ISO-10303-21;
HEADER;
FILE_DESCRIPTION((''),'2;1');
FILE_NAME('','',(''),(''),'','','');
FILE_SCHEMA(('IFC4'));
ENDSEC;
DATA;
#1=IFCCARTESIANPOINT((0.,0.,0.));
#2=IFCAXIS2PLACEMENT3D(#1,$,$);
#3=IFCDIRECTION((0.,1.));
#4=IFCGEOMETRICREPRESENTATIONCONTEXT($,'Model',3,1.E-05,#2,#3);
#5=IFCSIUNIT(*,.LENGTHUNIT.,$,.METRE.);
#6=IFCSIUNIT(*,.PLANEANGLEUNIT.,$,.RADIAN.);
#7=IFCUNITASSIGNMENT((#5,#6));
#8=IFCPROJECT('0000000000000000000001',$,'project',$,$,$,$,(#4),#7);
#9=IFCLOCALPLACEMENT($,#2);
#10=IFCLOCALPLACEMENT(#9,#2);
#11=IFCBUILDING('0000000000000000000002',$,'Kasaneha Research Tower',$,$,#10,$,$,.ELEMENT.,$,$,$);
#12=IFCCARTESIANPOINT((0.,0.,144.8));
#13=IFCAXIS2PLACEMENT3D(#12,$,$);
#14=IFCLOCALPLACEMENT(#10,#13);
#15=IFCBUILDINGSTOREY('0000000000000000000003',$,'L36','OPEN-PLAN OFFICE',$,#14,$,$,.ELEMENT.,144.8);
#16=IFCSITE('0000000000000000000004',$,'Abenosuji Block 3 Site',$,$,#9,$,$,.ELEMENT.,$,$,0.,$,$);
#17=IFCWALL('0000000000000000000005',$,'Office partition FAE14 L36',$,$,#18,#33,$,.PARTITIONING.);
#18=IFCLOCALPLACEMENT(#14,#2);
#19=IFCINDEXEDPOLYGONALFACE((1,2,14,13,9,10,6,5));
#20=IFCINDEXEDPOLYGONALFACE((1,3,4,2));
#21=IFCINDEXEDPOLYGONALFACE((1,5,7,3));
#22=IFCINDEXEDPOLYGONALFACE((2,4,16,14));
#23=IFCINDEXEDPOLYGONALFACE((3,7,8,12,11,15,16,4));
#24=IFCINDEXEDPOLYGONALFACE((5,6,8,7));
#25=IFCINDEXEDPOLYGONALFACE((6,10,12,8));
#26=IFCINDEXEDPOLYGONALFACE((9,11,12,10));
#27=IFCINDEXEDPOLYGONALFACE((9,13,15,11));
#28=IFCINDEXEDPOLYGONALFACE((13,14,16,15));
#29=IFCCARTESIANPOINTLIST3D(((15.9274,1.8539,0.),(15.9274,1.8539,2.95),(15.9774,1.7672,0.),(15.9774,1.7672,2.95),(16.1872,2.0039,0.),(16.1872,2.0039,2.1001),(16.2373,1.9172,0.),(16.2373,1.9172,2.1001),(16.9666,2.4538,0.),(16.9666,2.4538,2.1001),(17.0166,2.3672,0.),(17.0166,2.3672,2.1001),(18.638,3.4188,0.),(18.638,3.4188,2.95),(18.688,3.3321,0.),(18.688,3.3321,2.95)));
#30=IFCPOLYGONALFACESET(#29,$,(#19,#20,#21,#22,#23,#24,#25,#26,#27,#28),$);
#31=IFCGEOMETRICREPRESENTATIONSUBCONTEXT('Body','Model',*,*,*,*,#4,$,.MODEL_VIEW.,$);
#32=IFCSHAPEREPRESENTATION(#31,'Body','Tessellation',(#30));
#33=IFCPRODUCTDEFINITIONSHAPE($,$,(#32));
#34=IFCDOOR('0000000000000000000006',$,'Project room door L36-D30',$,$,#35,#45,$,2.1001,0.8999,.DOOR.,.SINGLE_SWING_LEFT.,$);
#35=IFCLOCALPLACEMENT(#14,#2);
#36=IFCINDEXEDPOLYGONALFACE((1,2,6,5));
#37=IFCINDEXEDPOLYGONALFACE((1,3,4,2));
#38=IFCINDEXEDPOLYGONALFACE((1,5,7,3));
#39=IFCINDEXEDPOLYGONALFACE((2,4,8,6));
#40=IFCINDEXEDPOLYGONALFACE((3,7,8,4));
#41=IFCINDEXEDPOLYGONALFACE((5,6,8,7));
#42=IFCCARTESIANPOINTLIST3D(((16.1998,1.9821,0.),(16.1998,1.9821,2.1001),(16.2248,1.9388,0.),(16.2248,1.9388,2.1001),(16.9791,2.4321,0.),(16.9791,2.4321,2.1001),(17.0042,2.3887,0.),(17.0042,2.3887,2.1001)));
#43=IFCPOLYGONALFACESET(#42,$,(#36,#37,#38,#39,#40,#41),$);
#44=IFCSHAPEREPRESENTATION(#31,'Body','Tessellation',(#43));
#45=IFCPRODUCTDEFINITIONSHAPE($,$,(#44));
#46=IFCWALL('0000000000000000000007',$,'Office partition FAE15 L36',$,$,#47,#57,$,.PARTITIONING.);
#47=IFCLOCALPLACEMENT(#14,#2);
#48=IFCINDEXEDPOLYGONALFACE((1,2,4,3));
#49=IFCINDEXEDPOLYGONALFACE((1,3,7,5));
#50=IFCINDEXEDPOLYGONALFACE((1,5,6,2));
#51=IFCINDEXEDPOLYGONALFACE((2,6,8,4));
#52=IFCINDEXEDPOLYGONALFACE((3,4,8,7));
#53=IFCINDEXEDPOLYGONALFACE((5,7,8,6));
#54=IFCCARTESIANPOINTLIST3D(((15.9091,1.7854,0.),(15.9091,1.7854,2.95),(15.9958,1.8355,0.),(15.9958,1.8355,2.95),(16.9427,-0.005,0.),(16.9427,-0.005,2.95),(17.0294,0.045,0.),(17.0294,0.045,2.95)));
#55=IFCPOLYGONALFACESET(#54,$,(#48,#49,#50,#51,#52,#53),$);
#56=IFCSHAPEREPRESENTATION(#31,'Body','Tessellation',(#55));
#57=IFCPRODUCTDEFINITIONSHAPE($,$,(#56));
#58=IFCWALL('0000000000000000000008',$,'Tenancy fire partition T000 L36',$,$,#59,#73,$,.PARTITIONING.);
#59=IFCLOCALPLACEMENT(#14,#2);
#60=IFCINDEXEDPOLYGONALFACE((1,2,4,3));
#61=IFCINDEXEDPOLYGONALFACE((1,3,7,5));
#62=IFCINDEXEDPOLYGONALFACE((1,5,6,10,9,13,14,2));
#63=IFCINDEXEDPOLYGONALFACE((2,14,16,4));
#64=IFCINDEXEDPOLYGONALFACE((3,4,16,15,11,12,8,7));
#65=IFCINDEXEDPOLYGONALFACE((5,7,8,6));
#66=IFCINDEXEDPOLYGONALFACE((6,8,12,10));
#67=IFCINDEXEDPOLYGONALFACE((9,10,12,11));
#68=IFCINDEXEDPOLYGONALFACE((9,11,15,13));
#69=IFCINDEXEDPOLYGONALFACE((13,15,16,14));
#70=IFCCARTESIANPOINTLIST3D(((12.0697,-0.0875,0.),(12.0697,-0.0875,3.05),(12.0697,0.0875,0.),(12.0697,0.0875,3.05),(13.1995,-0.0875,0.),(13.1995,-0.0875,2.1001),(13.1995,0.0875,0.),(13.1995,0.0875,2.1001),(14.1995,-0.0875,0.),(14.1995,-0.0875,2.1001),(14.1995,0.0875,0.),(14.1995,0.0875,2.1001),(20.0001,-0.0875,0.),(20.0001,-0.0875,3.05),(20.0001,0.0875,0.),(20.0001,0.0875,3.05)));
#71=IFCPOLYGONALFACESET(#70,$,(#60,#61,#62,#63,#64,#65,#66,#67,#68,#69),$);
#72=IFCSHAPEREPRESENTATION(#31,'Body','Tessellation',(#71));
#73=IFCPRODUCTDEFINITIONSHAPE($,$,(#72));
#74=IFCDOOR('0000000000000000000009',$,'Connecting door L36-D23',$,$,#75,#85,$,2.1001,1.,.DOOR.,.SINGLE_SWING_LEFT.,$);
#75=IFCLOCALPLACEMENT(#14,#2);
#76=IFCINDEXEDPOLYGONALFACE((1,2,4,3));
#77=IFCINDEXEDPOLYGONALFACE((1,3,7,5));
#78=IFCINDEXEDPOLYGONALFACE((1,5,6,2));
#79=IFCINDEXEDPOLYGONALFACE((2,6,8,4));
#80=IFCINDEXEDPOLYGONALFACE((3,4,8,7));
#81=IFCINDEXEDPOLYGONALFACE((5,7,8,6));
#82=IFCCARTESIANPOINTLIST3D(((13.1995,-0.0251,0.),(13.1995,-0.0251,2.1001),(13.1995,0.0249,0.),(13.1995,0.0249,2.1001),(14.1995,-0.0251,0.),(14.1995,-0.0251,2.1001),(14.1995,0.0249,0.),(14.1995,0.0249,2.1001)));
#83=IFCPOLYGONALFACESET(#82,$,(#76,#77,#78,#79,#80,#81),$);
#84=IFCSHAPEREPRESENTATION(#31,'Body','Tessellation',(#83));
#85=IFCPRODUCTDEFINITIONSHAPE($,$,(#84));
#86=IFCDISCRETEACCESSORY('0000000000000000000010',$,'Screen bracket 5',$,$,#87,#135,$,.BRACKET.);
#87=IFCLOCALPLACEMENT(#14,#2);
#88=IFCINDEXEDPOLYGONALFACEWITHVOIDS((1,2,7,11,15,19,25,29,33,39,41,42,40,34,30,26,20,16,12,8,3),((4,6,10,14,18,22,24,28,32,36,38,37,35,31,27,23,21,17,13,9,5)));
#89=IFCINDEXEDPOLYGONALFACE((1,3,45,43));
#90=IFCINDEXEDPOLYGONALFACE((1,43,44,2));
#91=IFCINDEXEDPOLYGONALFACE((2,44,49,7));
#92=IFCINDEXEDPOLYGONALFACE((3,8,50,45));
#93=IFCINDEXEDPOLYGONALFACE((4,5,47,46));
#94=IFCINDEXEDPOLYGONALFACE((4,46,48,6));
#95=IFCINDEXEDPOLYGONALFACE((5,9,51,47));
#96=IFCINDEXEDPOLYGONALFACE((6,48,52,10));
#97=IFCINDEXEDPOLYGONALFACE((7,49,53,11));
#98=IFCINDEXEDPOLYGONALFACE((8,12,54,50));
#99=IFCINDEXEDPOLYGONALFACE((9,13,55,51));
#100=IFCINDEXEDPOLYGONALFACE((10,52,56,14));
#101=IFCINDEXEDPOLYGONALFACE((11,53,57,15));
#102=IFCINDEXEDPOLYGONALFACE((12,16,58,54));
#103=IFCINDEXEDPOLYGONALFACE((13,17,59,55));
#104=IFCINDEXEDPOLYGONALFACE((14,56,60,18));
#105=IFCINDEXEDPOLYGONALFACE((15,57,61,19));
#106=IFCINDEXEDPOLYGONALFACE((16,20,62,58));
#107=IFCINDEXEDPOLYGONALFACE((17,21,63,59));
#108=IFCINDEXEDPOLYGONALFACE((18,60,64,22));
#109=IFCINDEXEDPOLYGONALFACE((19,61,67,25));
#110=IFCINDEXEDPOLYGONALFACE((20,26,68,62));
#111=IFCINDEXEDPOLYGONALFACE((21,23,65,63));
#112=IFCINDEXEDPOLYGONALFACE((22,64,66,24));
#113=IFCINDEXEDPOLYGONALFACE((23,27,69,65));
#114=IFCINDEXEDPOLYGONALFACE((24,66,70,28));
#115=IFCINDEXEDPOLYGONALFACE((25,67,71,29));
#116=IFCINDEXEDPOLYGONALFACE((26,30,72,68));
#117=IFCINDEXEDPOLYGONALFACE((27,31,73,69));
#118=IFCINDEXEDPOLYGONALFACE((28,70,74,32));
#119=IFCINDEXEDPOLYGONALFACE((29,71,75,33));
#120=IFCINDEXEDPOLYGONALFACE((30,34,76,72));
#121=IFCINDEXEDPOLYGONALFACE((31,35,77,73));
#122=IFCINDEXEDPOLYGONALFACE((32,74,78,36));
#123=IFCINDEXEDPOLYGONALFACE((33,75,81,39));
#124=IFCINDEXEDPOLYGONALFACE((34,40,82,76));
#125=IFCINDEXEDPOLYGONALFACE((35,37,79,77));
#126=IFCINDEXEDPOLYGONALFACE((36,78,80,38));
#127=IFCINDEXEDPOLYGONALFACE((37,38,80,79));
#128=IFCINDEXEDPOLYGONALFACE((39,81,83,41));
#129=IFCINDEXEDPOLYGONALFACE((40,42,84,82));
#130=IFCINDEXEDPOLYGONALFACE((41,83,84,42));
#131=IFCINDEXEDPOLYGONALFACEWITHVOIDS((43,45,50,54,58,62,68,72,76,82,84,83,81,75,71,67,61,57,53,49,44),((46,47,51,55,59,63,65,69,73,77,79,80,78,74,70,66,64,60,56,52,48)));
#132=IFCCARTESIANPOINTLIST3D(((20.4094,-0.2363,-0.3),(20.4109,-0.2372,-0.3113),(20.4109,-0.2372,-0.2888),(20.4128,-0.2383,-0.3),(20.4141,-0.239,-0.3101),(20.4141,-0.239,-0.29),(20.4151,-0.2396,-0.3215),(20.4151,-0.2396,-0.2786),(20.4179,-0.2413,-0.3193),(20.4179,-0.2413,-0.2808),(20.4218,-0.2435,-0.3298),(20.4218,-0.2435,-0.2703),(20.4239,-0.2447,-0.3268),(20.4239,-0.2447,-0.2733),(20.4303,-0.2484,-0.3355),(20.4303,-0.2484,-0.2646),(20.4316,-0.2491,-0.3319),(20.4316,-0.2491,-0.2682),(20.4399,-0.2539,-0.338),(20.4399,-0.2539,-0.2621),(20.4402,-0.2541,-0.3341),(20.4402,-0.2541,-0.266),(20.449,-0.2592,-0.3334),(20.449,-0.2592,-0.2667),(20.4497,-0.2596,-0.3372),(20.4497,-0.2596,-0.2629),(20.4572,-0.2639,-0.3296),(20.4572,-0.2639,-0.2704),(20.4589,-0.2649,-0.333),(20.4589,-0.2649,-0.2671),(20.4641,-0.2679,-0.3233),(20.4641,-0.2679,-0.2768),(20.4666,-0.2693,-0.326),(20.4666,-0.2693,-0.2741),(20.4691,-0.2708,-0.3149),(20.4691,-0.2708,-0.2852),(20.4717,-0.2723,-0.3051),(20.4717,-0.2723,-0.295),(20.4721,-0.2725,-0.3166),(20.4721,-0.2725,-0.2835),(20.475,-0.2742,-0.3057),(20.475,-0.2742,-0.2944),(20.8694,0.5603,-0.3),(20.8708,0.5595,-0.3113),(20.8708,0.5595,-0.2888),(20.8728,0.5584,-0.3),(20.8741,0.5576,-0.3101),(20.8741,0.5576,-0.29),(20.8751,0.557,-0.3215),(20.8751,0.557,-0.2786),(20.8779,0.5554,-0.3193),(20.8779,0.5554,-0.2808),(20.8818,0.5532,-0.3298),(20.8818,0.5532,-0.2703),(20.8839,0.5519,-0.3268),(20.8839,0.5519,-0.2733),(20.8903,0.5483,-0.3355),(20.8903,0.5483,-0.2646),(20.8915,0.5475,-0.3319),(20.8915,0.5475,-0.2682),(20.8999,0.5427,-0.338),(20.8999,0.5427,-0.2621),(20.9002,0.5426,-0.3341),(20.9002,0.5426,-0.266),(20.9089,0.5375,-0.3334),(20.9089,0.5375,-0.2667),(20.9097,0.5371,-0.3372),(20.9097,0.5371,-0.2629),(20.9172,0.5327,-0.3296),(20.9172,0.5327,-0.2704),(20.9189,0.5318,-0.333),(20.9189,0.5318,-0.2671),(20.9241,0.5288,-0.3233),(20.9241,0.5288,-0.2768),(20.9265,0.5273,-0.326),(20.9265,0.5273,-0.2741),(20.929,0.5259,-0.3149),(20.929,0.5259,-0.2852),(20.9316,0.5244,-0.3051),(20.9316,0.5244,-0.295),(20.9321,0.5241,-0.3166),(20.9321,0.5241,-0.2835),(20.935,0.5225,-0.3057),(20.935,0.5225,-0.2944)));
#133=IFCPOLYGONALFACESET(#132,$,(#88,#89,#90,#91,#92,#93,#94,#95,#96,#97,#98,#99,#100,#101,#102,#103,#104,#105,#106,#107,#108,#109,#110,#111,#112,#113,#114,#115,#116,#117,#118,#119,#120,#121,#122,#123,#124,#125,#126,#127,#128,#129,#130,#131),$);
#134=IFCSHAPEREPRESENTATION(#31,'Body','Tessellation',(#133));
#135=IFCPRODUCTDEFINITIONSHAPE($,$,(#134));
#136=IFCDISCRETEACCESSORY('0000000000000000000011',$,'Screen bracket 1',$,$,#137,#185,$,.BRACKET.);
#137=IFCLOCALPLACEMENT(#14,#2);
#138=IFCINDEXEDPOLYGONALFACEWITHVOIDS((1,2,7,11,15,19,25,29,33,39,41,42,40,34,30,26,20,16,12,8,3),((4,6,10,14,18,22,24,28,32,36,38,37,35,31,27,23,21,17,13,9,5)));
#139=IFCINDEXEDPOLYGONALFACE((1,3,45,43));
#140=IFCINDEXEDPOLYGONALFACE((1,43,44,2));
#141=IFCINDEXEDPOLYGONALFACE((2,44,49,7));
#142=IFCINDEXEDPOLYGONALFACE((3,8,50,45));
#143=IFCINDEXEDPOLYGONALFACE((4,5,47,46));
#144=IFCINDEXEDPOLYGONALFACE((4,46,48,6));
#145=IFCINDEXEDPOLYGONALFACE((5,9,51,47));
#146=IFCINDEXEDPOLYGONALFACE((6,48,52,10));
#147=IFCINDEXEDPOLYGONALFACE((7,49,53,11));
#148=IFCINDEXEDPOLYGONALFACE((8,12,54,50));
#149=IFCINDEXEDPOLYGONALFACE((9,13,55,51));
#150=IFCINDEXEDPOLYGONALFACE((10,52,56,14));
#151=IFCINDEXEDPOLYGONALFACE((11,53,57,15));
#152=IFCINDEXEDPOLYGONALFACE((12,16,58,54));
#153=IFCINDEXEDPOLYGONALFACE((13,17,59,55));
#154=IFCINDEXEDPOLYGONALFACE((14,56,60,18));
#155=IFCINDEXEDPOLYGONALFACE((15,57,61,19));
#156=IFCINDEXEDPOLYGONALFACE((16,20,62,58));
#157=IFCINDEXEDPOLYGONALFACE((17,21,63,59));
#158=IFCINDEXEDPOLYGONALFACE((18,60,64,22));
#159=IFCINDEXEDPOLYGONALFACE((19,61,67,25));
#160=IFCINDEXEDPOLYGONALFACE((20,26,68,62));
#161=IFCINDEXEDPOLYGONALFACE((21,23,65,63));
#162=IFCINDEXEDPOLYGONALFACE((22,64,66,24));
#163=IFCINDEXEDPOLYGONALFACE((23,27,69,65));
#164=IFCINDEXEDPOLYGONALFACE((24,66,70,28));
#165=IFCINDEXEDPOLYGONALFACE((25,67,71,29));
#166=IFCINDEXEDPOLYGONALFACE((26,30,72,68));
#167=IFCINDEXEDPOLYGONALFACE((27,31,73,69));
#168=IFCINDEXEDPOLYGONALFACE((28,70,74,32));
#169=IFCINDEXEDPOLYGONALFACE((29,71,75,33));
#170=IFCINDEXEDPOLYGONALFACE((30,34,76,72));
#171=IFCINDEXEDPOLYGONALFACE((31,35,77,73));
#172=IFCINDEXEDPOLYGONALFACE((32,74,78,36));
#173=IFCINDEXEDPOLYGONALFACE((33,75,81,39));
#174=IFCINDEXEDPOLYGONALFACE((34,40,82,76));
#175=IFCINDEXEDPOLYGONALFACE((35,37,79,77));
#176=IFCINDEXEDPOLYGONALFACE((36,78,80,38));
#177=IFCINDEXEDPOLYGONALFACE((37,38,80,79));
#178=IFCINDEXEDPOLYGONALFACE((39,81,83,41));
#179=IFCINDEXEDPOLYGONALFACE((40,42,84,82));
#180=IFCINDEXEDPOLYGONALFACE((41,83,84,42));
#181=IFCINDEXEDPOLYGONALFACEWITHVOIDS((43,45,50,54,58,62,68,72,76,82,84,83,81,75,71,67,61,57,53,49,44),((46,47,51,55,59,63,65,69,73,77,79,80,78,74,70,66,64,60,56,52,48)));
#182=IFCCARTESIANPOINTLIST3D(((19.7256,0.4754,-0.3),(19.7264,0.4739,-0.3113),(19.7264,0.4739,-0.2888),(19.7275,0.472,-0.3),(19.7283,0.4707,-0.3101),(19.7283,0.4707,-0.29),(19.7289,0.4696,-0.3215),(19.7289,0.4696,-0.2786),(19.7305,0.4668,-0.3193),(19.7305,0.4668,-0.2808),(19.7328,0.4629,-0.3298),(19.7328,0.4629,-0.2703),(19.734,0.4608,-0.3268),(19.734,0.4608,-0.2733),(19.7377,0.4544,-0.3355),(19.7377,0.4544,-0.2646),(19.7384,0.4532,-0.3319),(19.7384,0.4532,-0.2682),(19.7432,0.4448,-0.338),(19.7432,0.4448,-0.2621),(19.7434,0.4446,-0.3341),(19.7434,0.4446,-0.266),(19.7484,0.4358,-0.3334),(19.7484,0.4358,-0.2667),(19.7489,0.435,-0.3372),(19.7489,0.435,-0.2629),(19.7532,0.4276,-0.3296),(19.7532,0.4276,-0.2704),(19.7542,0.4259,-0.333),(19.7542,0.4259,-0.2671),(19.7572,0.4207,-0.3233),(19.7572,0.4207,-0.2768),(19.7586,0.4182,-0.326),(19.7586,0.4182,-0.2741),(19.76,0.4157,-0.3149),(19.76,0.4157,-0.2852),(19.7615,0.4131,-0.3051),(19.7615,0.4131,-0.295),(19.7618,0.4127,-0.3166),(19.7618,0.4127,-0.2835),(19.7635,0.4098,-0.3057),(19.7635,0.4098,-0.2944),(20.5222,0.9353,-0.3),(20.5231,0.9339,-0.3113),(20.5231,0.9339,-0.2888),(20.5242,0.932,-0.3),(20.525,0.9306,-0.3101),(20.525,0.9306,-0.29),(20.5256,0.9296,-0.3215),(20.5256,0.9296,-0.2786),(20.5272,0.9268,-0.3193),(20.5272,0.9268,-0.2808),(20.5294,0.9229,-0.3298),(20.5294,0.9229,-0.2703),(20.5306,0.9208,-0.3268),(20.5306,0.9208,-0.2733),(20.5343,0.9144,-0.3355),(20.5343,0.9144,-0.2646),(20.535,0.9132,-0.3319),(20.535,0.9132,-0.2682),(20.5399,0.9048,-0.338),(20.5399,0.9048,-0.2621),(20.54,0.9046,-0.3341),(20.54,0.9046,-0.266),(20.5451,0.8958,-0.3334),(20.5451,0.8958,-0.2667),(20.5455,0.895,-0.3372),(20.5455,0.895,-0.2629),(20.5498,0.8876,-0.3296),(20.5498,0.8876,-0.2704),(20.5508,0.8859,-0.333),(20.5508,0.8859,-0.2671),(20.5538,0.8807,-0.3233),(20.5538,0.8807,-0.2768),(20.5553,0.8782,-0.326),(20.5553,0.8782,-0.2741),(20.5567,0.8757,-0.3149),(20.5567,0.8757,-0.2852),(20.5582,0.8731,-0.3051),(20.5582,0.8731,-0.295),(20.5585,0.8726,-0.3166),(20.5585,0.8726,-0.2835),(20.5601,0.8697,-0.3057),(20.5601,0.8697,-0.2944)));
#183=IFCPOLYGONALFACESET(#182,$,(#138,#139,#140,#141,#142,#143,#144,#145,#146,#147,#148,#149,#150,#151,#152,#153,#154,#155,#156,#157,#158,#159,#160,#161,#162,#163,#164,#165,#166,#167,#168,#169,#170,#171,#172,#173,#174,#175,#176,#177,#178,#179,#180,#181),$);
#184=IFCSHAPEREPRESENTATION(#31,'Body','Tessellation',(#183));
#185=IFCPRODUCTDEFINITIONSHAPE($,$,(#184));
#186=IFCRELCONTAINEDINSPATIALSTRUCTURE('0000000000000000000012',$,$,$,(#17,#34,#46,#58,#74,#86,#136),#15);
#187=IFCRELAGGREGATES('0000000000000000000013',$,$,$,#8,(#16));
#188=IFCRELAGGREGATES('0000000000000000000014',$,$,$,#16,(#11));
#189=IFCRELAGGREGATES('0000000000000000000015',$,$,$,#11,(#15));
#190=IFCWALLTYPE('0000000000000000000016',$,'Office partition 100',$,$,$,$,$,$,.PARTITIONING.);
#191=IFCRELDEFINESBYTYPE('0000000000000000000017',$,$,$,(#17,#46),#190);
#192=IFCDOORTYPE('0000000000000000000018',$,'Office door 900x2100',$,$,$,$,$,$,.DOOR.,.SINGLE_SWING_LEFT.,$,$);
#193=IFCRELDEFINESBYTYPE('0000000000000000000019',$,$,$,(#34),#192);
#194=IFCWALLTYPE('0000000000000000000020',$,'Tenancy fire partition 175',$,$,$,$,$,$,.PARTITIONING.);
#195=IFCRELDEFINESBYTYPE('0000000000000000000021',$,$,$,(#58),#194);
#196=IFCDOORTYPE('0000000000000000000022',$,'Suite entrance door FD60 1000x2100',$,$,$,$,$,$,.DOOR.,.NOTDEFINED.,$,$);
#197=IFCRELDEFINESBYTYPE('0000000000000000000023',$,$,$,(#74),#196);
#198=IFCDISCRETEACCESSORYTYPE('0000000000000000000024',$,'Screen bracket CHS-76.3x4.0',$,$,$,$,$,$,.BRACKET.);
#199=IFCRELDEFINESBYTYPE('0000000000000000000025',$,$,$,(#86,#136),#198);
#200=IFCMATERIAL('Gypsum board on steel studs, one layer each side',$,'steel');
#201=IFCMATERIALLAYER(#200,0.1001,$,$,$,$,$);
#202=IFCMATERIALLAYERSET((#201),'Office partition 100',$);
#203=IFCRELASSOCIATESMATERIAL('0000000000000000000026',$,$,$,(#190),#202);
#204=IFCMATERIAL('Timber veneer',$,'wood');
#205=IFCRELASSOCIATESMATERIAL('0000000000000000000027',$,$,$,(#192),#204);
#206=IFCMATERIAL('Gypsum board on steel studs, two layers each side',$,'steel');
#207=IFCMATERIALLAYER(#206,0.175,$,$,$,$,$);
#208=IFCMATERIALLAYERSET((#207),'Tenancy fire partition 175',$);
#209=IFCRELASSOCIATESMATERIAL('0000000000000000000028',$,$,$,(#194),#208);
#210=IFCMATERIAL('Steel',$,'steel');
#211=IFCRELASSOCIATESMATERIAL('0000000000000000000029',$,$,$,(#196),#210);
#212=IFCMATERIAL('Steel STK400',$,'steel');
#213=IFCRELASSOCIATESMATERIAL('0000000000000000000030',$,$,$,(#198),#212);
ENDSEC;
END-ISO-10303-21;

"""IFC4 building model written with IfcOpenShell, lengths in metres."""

from ifc_helpers import new_model, si_unit, direction, frame, frame_2d, origin, origin_2d, place, context, subcontext, project, spatial, rectangle, hollow_circle, extrude, material, layer, layer_set, material_profile, profile_set, type_object, element, fill, save


model = new_model("IFC4")

# Units and contexts
model_context = context("Model", 3, precision=1e-05, world=origin(), true_north=direction((0.0, 1.0)))
body_context = subcontext(model_context, "Body", "Model", "MODEL_VIEW")
ifc_project = project(units=[si_unit("LENGTHUNIT", "METRE"), si_unit("PLANEANGLEUNIT", "RADIAN")], contexts=[model_context])

# Site, building, storey
site_placement = place(None, origin())
site = spatial("IfcSite", under=ifc_project, at=site_placement, Name="Abenosuji Block 3 Site", CompositionType="ELEMENT", RefElevation=0.0)
building_placement = place(site_placement, origin())
building = spatial("IfcBuilding", under=site, at=building_placement, Name="Kasaneha Research Tower", CompositionType="ELEMENT")
storey_placement = place(building_placement, frame((0.0, 0.0, 144.8)))
storey = spatial("IfcBuildingStorey", under=building, at=storey_placement, Name="L36", Description="OPEN-PLAN OFFICE", CompositionType="ELEMENT", Elevation=144.8)

# Shared definitions
ifc_material_1 = material(Name="Gypsum board on steel studs, one layer each side", Category="steel")
ifc_layer_1 = layer(ifc_material_1, 0.1001)
ifc_layer_set_1 = layer_set([ifc_layer_1], Name="Office partition 100")
wall_type_1 = type_object("IfcWallType", Name="Office partition 100", PredefinedType="PARTITIONING", material=ifc_layer_set_1)

# Shared definitions
ifc_material_2 = material(Name="Timber veneer", Category="wood")
door_type_1 = type_object("IfcDoorType", Name="Office door 900x2100", OperationType="SINGLE_SWING_LEFT", PredefinedType="DOOR", material=ifc_material_2)

# Wall, opening, door
wall_1_placement = place(storey_placement, frame((15.9524, 1.8105, 0.0), z_axis=(0.0, 0.0, 1.0), x_axis=(0.866036, 0.499981, 0.0)))
wall_1 = element("IfcWall", 1, at=wall_1_placement, inside=storey, type_object=wall_type_1, Name="Office partition FAE14 L36", PredefinedType="PARTITIONING", context=body_context, shape_type="SweptSolid", body=[
    extrude(rectangle(XDim=3.1299, YDim=0.1001, at=frame_2d((1.5649, 0.0))), origin(), (0.0, 0.0, 1.0), 2.95),
])
opening_1_placement = place(wall_1_placement, frame((0.3, 0.0, 0.0)))
opening_1 = element("IfcOpeningElement", 2, at=opening_1_placement, cuts=wall_1, PredefinedType="OPENING", context=body_context, shape_type="SweptSolid", body=[
    extrude(rectangle(XDim=0.8999, YDim=2.1001, at=frame_2d((0.45, 1.05))), frame((0.0, 0.0601, 0.0), z_axis=(0.0, -1.0, 0.0), x_axis=(1.0, 0.0, 0.0)), (0.0, 0.0, 1.0), 0.1201),
])
door_1_placement = place(opening_1_placement, origin())
door_1 = element("IfcDoor", 3, at=door_1_placement, inside=storey, type_object=door_type_1, Name="Project room door L36-D30", OperationType="SINGLE_SWING_LEFT", OverallHeight=2.1001, OverallWidth=0.8999, PredefinedType="DOOR", context=body_context, shape_type="SweptSolid", body=[
    extrude(rectangle(XDim=0.8999, YDim=2.1001, at=frame_2d((0.45, 1.05))), frame((0.0, 0.0249, 0.0), z_axis=(0.0, -1.0, 0.0), x_axis=(1.0, 0.0, 0.0)), (0.0, 0.0, 1.0), 0.05),
])
fill(opening_1, door_1)

# Wall
wall_2_placement = place(storey_placement, frame((16.9861, 0.02, 0.0), z_axis=(0.0, 0.0, 1.0), x_axis=(-0.499975, 0.86604, 0.0)))
element("IfcWall", 4, at=wall_2_placement, inside=storey, type_object=wall_type_1, Name="Office partition FAE15 L36", PredefinedType="PARTITIONING", context=body_context, shape_type="SweptSolid", body=[
    extrude(rectangle(XDim=2.0674, YDim=0.1001, at=frame_2d((1.0337, 0.0))), origin(), (0.0, 0.0, 1.0), 2.95),
])

# Wall, opening, door
ifc_material_3 = material(Name="Gypsum board on steel studs, two layers each side", Category="steel")
ifc_layer_2 = layer(ifc_material_3, 0.175)
ifc_layer_set_2 = layer_set([ifc_layer_2], Name="Tenancy fire partition 175")
wall_type_2 = type_object("IfcWallType", Name="Tenancy fire partition 175", PredefinedType="PARTITIONING", material=ifc_layer_set_2)
wall_3_placement = place(storey_placement, frame((12.0696, 0.0, 0.0), z_axis=(0.0, 0.0, 1.0), x_axis=(1.0, 0.0, 0.0)))
wall_3 = element("IfcWall", 5, at=wall_3_placement, inside=storey, type_object=wall_type_2, Name="Tenancy fire partition T000 L36", PredefinedType="PARTITIONING", context=body_context, shape_type="SweptSolid", body=[
    extrude(rectangle(XDim=7.9304, YDim=0.175, at=frame_2d((3.9653, 0.0))), origin(), (0.0, 0.0, 1.0), 3.05),
])
opening_2_placement = place(wall_3_placement, frame((1.1299, 0.0, 0.0)))
opening_2 = element("IfcOpeningElement", 6, at=opening_2_placement, cuts=wall_3, PredefinedType="OPENING", context=body_context, shape_type="SweptSolid", body=[
    extrude(rectangle(XDim=1.0, YDim=2.1001, at=frame_2d((0.5, 1.05))), frame((0.0, 0.0977, 0.0), z_axis=(0.0, -1.0, 0.0), x_axis=(1.0, 0.0, 0.0)), (0.0, 0.0, 1.0), 0.1951),
])
ifc_material_4 = material(Name="Steel", Category="steel")
door_type_2 = type_object("IfcDoorType", Name="Suite entrance door FD60 1000x2100", OperationType="NOTDEFINED", PredefinedType="DOOR", material=ifc_material_4)
door_2_placement = place(opening_2_placement, origin())
door_2 = element("IfcDoor", 7, at=door_2_placement, inside=storey, type_object=door_type_2, Name="Connecting door L36-D23", OperationType="SINGLE_SWING_LEFT", OverallHeight=2.1001, OverallWidth=1.0, PredefinedType="DOOR", context=body_context, shape_type="SweptSolid", body=[
    extrude(rectangle(XDim=1.0, YDim=2.1001, at=frame_2d((0.5, 1.05))), frame((0.0, 0.0249, 0.0), z_axis=(0.0, -1.0, 0.0), x_axis=(1.0, 0.0, 0.0)), (0.0, 0.0, 1.0), 0.05),
])
fill(opening_2, door_2)

# Discrete accessories
ifc_material_5 = material(Name="Steel STK400", Category="steel")
ifc_material_profile_1 = material_profile(ifc_material_5, hollow_circle(Radius=0.0381, WallThickness=0.0039, at=origin_2d()), Name="CHS-76.3x4.0")
ifc_profile_set_1 = profile_set([ifc_material_profile_1], Name="Steel STK400")
discrete_accessory_type = type_object("IfcDiscreteAccessoryType", Name="Screen bracket CHS-76.3x4.0", PredefinedType="BRACKET", material=ifc_profile_set_1)
for number, where, z_axis, x_axis, name in (
    (8, (20.4424, -0.2554, -0.3), (0.500021, 0.866013, 0.0), (-0.866013, 0.500021, 0.0), "Screen bracket 5"),
    (9, (19.7446, 0.4424, -0.3), (0.866013, 0.500021, 0.0), (-0.500021, 0.866013, 0.0), "Screen bracket 1"),
):
    element("IfcDiscreteAccessory", number, at=place(storey_placement, frame(where, z_axis=z_axis, x_axis=x_axis)), inside=storey, type_object=discrete_accessory_type, Name=name, PredefinedType="BRACKET", context=body_context, shape_type="SweptSolid", body=[
        extrude(hollow_circle(Radius=0.0381, WallThickness=0.0039, at=origin_2d()), origin(), (0.0, 0.0, 1.0), 0.9199),
    ])

save(model, "model.ifc")
